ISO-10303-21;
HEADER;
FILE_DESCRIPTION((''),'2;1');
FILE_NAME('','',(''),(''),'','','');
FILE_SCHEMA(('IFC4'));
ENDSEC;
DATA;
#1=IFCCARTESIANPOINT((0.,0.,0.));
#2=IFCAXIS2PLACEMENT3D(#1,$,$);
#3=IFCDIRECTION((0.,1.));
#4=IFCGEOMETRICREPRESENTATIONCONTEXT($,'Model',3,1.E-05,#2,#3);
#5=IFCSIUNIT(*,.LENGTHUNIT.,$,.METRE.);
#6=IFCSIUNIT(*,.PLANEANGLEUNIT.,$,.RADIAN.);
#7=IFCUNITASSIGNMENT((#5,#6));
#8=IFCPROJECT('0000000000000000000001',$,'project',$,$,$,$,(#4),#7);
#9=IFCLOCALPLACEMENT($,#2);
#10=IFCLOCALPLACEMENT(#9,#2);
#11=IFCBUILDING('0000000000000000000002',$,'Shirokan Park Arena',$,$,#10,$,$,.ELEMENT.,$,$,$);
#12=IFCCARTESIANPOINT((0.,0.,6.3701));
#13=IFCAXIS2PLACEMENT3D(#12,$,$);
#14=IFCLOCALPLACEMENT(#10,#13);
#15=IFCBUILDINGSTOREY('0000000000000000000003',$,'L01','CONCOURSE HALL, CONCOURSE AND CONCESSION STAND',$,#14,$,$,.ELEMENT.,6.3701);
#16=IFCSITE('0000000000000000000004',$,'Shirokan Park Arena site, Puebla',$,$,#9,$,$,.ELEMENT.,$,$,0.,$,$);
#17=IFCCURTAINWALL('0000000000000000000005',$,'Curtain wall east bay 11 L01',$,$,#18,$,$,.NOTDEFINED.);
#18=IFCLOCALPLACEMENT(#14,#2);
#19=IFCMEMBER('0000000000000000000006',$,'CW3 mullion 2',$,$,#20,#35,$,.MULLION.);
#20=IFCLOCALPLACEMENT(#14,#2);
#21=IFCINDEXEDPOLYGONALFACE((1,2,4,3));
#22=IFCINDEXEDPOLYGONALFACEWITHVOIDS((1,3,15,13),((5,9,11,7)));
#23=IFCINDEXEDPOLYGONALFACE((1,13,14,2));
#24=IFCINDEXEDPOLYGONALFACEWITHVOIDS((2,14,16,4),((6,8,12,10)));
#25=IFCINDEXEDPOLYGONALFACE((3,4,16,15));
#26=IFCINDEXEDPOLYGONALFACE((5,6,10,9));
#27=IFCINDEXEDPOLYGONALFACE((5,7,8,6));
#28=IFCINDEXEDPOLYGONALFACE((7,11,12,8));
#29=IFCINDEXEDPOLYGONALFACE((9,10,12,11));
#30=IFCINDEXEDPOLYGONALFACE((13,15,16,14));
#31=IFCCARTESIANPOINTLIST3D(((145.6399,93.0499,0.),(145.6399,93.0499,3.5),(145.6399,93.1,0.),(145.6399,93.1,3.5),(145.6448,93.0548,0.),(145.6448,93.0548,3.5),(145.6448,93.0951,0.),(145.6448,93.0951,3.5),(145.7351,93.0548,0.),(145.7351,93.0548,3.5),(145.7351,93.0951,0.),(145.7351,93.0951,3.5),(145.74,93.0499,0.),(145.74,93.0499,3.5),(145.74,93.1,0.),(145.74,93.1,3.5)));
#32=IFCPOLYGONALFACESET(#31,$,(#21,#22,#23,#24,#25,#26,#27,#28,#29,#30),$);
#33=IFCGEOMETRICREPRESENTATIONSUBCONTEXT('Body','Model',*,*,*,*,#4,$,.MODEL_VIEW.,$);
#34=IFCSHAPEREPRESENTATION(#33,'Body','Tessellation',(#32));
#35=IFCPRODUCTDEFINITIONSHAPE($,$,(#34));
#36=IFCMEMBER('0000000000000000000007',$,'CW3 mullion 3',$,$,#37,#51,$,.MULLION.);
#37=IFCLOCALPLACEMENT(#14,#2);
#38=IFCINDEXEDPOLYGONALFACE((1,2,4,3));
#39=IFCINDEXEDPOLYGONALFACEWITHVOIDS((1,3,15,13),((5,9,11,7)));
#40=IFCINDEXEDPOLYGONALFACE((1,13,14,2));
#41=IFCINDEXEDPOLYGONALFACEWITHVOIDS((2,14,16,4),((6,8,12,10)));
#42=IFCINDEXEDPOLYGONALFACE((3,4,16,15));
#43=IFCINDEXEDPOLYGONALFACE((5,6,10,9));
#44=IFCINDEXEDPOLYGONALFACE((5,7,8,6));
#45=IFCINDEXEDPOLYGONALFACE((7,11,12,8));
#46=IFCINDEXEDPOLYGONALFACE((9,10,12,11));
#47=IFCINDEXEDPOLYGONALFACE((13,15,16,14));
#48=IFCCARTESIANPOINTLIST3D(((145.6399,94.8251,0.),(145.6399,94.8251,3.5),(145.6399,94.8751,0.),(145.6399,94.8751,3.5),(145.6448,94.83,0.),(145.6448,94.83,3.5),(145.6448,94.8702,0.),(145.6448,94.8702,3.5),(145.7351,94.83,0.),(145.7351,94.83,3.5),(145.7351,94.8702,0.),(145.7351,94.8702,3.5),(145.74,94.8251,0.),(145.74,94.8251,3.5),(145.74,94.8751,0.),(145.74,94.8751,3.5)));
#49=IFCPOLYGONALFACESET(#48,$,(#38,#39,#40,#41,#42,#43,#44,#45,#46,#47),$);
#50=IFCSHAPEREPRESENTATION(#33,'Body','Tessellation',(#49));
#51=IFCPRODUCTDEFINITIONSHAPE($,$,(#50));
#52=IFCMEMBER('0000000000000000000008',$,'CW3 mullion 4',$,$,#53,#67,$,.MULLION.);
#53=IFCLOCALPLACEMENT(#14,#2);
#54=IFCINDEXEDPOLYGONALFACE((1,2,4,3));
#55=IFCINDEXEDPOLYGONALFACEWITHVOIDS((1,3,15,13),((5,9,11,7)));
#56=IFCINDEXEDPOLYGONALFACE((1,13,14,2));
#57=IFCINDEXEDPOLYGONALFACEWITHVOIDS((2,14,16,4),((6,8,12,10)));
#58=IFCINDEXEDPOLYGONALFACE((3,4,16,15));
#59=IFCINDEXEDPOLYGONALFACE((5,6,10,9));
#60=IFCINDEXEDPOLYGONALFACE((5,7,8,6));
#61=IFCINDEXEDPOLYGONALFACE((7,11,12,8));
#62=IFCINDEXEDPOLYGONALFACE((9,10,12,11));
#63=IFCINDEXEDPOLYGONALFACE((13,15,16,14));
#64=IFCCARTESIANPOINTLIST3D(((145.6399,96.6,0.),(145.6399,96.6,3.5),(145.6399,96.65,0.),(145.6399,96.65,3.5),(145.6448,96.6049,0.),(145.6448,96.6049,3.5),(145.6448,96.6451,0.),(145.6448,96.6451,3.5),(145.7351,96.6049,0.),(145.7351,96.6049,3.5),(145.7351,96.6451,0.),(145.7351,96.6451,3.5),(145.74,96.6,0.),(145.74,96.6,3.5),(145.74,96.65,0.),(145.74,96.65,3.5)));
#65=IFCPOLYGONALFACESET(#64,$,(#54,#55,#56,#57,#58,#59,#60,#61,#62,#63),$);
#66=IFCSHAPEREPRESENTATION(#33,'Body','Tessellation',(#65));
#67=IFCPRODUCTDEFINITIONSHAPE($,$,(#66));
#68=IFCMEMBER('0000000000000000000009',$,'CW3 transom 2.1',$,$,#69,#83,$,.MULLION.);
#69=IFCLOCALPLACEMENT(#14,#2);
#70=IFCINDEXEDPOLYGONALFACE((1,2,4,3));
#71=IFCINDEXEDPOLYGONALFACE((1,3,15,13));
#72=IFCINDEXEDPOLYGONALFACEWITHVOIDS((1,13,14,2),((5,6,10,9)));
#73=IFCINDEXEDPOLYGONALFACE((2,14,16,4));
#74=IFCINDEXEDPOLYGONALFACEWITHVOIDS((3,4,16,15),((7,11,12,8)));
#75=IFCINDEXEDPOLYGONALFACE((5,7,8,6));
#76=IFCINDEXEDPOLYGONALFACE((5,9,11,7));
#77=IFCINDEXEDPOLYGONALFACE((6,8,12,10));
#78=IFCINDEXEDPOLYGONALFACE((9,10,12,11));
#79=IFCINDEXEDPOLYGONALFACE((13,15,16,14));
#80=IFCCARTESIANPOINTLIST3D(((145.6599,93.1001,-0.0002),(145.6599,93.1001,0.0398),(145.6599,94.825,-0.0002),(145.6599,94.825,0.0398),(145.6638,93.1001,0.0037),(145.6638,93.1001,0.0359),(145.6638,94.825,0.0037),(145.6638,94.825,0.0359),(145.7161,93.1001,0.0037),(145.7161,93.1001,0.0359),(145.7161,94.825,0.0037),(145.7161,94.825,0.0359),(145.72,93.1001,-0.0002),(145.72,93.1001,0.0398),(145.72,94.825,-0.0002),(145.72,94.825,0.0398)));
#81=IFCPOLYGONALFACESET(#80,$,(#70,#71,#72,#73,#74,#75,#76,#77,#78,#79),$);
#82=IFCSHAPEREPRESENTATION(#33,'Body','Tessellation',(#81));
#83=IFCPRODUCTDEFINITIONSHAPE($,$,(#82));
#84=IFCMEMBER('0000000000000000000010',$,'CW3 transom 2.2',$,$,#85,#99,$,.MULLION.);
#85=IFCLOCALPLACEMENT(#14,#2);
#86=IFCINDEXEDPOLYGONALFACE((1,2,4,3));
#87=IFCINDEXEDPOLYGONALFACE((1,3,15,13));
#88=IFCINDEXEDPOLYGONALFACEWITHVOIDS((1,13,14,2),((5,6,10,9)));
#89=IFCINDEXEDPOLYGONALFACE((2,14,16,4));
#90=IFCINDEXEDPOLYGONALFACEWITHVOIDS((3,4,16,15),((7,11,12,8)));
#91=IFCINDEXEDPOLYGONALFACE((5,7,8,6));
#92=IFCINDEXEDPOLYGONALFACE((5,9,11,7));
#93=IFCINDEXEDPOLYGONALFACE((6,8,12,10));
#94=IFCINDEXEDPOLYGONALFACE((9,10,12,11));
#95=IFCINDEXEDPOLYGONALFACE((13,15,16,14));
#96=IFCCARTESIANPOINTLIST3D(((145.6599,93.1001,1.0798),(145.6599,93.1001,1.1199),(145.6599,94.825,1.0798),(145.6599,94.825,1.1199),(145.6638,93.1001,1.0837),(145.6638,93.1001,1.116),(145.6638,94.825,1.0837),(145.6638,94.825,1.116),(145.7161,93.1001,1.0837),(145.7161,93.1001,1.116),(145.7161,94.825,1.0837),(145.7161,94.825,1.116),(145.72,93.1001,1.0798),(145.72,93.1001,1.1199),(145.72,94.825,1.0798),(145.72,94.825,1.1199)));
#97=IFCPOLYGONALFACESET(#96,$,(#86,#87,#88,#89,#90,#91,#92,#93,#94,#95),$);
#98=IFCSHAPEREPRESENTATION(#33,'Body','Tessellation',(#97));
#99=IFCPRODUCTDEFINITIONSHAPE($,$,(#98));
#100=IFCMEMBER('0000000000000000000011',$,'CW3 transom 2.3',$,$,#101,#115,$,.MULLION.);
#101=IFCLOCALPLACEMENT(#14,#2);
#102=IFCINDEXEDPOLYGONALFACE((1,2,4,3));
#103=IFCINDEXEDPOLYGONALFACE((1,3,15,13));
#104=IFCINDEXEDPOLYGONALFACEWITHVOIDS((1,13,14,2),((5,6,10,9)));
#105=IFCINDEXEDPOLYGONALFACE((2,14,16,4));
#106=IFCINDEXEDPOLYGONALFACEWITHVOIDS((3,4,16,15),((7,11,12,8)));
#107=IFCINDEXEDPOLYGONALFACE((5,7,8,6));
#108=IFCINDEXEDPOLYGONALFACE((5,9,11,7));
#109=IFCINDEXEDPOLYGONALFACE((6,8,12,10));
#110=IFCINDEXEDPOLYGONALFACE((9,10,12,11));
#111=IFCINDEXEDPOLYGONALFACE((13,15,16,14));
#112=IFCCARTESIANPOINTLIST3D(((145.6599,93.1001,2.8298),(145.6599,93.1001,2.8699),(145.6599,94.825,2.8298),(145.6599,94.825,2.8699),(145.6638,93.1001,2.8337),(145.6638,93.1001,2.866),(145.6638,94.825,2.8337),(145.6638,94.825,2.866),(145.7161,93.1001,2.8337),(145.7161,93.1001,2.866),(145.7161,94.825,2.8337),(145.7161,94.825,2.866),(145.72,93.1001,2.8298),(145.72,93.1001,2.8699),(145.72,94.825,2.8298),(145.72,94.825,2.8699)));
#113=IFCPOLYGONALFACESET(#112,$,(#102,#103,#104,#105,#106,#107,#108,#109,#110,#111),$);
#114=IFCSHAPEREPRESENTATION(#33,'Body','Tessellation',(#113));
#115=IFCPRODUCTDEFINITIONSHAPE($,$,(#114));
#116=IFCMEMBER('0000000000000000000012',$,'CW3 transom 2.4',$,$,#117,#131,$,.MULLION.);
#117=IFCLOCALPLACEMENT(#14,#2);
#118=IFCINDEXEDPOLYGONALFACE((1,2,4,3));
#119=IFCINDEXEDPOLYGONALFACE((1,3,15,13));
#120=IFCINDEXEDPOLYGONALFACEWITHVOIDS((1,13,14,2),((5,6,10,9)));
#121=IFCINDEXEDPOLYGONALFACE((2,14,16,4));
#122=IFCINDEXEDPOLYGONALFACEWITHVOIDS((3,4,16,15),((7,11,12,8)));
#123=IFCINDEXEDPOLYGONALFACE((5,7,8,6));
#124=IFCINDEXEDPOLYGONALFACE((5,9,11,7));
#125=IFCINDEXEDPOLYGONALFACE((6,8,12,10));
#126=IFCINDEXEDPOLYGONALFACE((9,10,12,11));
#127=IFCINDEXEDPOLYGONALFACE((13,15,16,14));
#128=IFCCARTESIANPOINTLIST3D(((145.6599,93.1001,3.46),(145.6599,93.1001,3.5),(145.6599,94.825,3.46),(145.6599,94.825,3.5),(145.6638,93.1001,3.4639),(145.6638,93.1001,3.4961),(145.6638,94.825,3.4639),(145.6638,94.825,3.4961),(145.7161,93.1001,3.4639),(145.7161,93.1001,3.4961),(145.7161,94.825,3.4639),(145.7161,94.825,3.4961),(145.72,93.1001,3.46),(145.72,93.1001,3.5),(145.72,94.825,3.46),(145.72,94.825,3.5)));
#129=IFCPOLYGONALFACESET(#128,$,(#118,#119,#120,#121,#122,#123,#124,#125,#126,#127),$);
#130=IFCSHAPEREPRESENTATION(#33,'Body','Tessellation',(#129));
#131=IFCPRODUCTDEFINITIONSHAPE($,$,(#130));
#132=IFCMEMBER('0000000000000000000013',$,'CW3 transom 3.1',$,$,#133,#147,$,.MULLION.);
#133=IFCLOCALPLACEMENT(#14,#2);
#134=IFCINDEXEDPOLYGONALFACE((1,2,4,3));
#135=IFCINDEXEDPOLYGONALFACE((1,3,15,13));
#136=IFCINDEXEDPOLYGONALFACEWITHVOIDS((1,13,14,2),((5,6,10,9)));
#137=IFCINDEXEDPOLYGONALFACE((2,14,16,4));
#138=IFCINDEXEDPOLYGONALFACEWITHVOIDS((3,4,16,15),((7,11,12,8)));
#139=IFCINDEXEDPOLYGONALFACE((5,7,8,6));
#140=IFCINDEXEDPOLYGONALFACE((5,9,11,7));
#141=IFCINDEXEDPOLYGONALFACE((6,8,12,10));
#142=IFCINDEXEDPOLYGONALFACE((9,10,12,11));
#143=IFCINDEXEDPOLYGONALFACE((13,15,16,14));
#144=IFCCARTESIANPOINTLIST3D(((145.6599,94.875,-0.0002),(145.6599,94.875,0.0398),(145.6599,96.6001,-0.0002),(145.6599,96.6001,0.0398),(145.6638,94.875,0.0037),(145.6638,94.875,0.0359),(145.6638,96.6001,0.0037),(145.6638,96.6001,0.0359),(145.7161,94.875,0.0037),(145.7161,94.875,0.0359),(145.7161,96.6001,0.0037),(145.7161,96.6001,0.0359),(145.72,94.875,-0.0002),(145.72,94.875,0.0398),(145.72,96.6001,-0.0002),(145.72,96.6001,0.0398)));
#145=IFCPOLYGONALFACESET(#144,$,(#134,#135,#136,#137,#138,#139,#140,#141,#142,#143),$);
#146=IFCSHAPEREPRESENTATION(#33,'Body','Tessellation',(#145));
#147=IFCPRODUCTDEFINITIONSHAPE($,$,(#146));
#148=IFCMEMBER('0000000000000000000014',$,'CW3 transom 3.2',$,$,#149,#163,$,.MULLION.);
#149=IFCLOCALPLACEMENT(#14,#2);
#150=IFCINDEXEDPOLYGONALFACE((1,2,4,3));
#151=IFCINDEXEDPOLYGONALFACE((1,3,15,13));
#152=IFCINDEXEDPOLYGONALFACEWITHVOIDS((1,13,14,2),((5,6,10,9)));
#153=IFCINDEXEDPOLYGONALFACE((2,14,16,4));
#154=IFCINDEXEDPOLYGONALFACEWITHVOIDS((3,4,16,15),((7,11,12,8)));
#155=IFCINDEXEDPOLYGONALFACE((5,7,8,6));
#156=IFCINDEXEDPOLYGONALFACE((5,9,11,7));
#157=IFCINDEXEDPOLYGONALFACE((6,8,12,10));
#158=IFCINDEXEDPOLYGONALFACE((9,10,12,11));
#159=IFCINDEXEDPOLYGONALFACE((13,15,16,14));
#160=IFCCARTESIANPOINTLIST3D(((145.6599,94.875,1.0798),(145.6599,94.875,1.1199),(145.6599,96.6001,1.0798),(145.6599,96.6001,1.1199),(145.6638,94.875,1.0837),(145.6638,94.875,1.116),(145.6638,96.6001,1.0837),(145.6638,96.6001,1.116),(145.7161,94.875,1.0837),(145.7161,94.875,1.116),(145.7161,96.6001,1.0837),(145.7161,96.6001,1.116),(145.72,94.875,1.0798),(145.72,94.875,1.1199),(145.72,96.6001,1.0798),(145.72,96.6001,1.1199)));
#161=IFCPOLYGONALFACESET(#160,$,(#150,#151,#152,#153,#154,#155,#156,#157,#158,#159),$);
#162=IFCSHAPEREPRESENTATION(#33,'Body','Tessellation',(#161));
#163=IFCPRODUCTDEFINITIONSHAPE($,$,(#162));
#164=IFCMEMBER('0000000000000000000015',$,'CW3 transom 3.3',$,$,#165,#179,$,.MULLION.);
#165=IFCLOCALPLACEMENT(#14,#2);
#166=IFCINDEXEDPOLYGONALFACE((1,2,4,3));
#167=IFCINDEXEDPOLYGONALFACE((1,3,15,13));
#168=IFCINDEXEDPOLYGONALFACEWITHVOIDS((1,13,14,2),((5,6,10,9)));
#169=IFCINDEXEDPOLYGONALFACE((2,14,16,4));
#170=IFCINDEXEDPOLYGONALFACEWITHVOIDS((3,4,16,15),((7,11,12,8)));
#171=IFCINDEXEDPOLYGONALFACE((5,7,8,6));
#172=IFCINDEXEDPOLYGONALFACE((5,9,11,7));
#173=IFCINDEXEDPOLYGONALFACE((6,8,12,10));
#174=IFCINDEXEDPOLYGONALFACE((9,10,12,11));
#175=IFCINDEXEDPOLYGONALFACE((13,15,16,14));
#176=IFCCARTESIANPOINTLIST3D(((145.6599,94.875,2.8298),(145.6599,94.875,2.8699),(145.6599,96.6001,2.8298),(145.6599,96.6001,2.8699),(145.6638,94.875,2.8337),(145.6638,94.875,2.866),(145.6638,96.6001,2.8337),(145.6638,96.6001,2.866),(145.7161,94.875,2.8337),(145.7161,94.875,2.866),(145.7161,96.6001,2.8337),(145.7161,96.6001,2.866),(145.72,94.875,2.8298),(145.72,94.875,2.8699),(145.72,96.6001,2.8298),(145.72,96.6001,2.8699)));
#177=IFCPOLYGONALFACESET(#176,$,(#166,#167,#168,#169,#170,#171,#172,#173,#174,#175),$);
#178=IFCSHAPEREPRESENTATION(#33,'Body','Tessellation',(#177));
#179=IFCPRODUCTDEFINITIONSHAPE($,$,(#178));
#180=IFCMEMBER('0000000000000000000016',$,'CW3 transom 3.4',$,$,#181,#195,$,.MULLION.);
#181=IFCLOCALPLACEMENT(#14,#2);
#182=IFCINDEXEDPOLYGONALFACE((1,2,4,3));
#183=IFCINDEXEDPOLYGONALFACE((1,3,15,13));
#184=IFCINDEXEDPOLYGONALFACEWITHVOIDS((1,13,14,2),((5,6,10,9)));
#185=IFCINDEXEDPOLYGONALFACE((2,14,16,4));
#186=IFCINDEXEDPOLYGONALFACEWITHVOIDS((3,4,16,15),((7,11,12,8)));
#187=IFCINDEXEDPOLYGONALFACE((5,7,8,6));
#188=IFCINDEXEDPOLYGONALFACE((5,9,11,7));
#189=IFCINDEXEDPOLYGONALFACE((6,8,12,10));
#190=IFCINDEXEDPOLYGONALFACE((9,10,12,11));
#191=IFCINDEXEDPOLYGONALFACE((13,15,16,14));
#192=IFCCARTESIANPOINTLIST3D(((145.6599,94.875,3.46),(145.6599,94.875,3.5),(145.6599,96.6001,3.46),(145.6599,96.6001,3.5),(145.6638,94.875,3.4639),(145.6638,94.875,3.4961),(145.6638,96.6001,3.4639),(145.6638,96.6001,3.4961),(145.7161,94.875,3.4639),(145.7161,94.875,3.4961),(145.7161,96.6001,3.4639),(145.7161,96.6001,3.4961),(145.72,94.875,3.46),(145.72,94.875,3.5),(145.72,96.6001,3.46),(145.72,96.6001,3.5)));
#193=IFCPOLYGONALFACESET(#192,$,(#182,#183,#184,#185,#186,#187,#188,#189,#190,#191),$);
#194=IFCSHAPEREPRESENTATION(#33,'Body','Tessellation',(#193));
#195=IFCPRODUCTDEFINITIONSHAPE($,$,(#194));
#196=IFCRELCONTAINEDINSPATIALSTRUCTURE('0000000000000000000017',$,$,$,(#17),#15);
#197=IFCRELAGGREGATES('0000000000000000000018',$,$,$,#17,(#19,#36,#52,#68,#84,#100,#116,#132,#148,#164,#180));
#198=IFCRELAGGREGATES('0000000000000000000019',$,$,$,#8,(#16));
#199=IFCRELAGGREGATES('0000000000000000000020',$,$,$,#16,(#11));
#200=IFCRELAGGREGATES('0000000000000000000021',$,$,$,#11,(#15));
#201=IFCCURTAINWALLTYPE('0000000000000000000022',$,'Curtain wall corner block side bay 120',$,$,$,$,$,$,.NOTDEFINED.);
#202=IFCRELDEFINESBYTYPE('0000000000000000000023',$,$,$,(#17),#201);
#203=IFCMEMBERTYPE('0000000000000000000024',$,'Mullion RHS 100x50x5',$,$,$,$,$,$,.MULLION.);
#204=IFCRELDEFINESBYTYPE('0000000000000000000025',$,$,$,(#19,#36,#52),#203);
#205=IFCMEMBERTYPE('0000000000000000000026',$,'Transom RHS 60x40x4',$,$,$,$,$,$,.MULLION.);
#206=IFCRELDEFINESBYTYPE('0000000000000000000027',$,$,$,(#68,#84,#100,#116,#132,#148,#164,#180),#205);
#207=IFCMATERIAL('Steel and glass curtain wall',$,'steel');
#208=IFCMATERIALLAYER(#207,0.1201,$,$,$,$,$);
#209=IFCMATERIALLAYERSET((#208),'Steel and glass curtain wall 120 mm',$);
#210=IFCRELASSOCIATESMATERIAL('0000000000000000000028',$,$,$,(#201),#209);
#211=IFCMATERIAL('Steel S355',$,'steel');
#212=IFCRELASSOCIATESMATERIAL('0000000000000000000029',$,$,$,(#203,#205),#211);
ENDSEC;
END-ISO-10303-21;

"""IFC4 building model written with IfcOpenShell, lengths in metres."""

from ifc_helpers import new_model, si_unit, direction, frame, origin, origin_2d, place, context, subcontext, project, spatial, hollow_rectangle, extrude, material, layer, layer_set, material_profile, profile_set, type_object, element, aggregate, save


model = new_model("IFC4")

# Units and contexts
model_context = context("Model", 3, precision=1e-05, world=origin(), true_north=direction((0.0, 1.0)))
body_context = subcontext(model_context, "Body", "Model", "MODEL_VIEW")
ifc_project = project(units=[si_unit("LENGTHUNIT", "METRE"), si_unit("PLANEANGLEUNIT", "RADIAN")], contexts=[model_context])

# Site, building, storey
site_placement = place(None, origin())
site = spatial("IfcSite", under=ifc_project, at=site_placement, Name="Shirokan Park Arena site, Puebla", CompositionType="ELEMENT", RefElevation=0.0)
building_placement = place(site_placement, origin())
building = spatial("IfcBuilding", under=site, at=building_placement, Name="Shirokan Park Arena", CompositionType="ELEMENT")
storey_placement = place(building_placement, frame((0.0, 0.0, 6.3701)))
storey = spatial("IfcBuildingStorey", under=building, at=storey_placement, Name="L01", Description="CONCOURSE HALL, CONCOURSE AND CONCESSION STAND", CompositionType="ELEMENT", Elevation=6.3701)

# Curtain wall, members
ifc_material_1 = material(Name="Steel and glass curtain wall", Category="steel")
ifc_layer_1 = layer(ifc_material_1, 0.1201)
ifc_layer_set_1 = layer_set([ifc_layer_1], Name="Steel and glass curtain wall 120 mm")
curtain_wall_type = type_object("IfcCurtainWallType", Name="Curtain wall corner block side bay 120", PredefinedType="NOTDEFINED", material=ifc_layer_set_1)
curtain_wall_placement = place(storey_placement, origin())
curtain_wall = element("IfcCurtainWall", 1, at=curtain_wall_placement, inside=storey, type_object=curtain_wall_type, Name="Curtain wall east bay 11 L01", PredefinedType="NOTDEFINED")
ifc_material_2 = material(Name="Steel S355", Category="steel")
ifc_material_profile_1 = material_profile(ifc_material_2, hollow_rectangle(XDim=0.1001, YDim=0.05, WallThickness=0.0049, at=origin_2d()), Name="RHS 100x50x5")
ifc_profile_set_1 = profile_set([ifc_material_profile_1], Name="Steel S355")
member_type_1 = type_object("IfcMemberType", Name="Mullion RHS 100x50x5", PredefinedType="MULLION", material=ifc_profile_set_1)
member_1_placement = place(storey_placement, frame((145.6899, 93.075, 0.0), z_axis=(0.0, 0.0, 1.0), x_axis=(-1.0, 0.0, 0.0)))
member_1 = element("IfcMember", 2, at=member_1_placement, type_object=member_type_1, Name="CW3 mullion 2", PredefinedType="MULLION", context=body_context, shape_type="SweptSolid", body=[
    extrude(hollow_rectangle(XDim=0.1001, YDim=0.05, WallThickness=0.0049, at=origin_2d()), origin(), (0.0, 0.0, 1.0), 3.5),
])
member_2_placement = place(storey_placement, frame((145.6899, 94.8501, 0.0), z_axis=(0.0, 0.0, 1.0), x_axis=(-1.0, 0.0, 0.0)))
member_2 = element("IfcMember", 3, at=member_2_placement, type_object=member_type_1, Name="CW3 mullion 3", PredefinedType="MULLION", context=body_context, shape_type="SweptSolid", body=[
    extrude(hollow_rectangle(XDim=0.1001, YDim=0.05, WallThickness=0.0049, at=origin_2d()), origin(), (0.0, 0.0, 1.0), 3.5),
])
member_3_placement = place(storey_placement, frame((145.6899, 96.625, 0.0), z_axis=(0.0, 0.0, 1.0), x_axis=(-1.0, 0.0, 0.0)))
member_3 = element("IfcMember", 4, at=member_3_placement, type_object=member_type_1, Name="CW3 mullion 4", PredefinedType="MULLION", context=body_context, shape_type="SweptSolid", body=[
    extrude(hollow_rectangle(XDim=0.1001, YDim=0.05, WallThickness=0.0049, at=origin_2d()), origin(), (0.0, 0.0, 1.0), 3.5),
])
ifc_material_profile_2 = material_profile(ifc_material_2, hollow_rectangle(XDim=0.0601, YDim=0.04, WallThickness=0.0039, at=origin_2d()), Name="RHS 60x40x4")
ifc_profile_set_2 = profile_set([ifc_material_profile_2], Name="Steel S355")
member_type_2 = type_object("IfcMemberType", Name="Transom RHS 60x40x4", PredefinedType="MULLION", material=ifc_profile_set_2)
member_4_placement = place(storey_placement, frame((145.6899, 93.1001, 0.0198), z_axis=(0.0, 1.0, 0.0), x_axis=(-1.0, 0.0, 0.0)))
member_4 = element("IfcMember", 5, at=member_4_placement, type_object=member_type_2, Name="CW3 transom 2.1", PredefinedType="MULLION", context=body_context, shape_type="SweptSolid", body=[
    extrude(hollow_rectangle(XDim=0.0601, YDim=0.04, WallThickness=0.0039, at=origin_2d()), origin(), (0.0, 0.0, 1.0), 1.7249),
])
member_5_placement = place(storey_placement, frame((145.6899, 93.1001, 1.0999), z_axis=(0.0, 1.0, 0.0), x_axis=(-1.0, 0.0, 0.0)))
member_5 = element("IfcMember", 6, at=member_5_placement, type_object=member_type_2, Name="CW3 transom 2.2", PredefinedType="MULLION", context=body_context, shape_type="SweptSolid", body=[
    extrude(hollow_rectangle(XDim=0.0601, YDim=0.04, WallThickness=0.0039, at=origin_2d()), origin(), (0.0, 0.0, 1.0), 1.7249),
])
member_6_placement = place(storey_placement, frame((145.6899, 93.1001, 2.8499), z_axis=(0.0, 1.0, 0.0), x_axis=(-1.0, 0.0, 0.0)))
member_6 = element("IfcMember", 7, at=member_6_placement, type_object=member_type_2, Name="CW3 transom 2.3", PredefinedType="MULLION", context=body_context, shape_type="SweptSolid", body=[
    extrude(hollow_rectangle(XDim=0.0601, YDim=0.04, WallThickness=0.0039, at=origin_2d()), origin(), (0.0, 0.0, 1.0), 1.7249),
])
member_7_placement = place(storey_placement, frame((145.6899, 93.1001, 3.48), z_axis=(0.0, 1.0, 0.0), x_axis=(-1.0, 0.0, 0.0)))
member_7 = element("IfcMember", 8, at=member_7_placement, type_object=member_type_2, Name="CW3 transom 2.4", PredefinedType="MULLION", context=body_context, shape_type="SweptSolid", body=[
    extrude(hollow_rectangle(XDim=0.0601, YDim=0.04, WallThickness=0.0039, at=origin_2d()), origin(), (0.0, 0.0, 1.0), 1.7249),
])
member_8_placement = place(storey_placement, frame((145.6899, 94.875, 0.0198), z_axis=(0.0, 1.0, 0.0), x_axis=(-1.0, 0.0, 0.0)))
member_8 = element("IfcMember", 9, at=member_8_placement, type_object=member_type_2, Name="CW3 transom 3.1", PredefinedType="MULLION", context=body_context, shape_type="SweptSolid", body=[
    extrude(hollow_rectangle(XDim=0.0601, YDim=0.04, WallThickness=0.0039, at=origin_2d()), origin(), (0.0, 0.0, 1.0), 1.7251),
])
member_9_placement = place(storey_placement, frame((145.6899, 94.875, 1.0999), z_axis=(0.0, 1.0, 0.0), x_axis=(-1.0, 0.0, 0.0)))
member_9 = element("IfcMember", 10, at=member_9_placement, type_object=member_type_2, Name="CW3 transom 3.2", PredefinedType="MULLION", context=body_context, shape_type="SweptSolid", body=[
    extrude(hollow_rectangle(XDim=0.0601, YDim=0.04, WallThickness=0.0039, at=origin_2d()), origin(), (0.0, 0.0, 1.0), 1.7251),
])
member_10_placement = place(storey_placement, frame((145.6899, 94.875, 2.8499), z_axis=(0.0, 1.0, 0.0), x_axis=(-1.0, 0.0, 0.0)))
member_10 = element("IfcMember", 11, at=member_10_placement, type_object=member_type_2, Name="CW3 transom 3.3", PredefinedType="MULLION", context=body_context, shape_type="SweptSolid", body=[
    extrude(hollow_rectangle(XDim=0.0601, YDim=0.04, WallThickness=0.0039, at=origin_2d()), origin(), (0.0, 0.0, 1.0), 1.7251),
])
member_11_placement = place(storey_placement, frame((145.6899, 94.875, 3.48), z_axis=(0.0, 1.0, 0.0), x_axis=(-1.0, 0.0, 0.0)))
member_11 = element("IfcMember", 12, at=member_11_placement, type_object=member_type_2, Name="CW3 transom 3.4", PredefinedType="MULLION", context=body_context, shape_type="SweptSolid", body=[
    extrude(hollow_rectangle(XDim=0.0601, YDim=0.04, WallThickness=0.0039, at=origin_2d()), origin(), (0.0, 0.0, 1.0), 1.7251),
])
aggregate(curtain_wall, [member_1, member_2, member_3, member_4, member_5, member_6, member_7, member_8, member_9, member_10, member_11])

save(model, "model.ifc")
